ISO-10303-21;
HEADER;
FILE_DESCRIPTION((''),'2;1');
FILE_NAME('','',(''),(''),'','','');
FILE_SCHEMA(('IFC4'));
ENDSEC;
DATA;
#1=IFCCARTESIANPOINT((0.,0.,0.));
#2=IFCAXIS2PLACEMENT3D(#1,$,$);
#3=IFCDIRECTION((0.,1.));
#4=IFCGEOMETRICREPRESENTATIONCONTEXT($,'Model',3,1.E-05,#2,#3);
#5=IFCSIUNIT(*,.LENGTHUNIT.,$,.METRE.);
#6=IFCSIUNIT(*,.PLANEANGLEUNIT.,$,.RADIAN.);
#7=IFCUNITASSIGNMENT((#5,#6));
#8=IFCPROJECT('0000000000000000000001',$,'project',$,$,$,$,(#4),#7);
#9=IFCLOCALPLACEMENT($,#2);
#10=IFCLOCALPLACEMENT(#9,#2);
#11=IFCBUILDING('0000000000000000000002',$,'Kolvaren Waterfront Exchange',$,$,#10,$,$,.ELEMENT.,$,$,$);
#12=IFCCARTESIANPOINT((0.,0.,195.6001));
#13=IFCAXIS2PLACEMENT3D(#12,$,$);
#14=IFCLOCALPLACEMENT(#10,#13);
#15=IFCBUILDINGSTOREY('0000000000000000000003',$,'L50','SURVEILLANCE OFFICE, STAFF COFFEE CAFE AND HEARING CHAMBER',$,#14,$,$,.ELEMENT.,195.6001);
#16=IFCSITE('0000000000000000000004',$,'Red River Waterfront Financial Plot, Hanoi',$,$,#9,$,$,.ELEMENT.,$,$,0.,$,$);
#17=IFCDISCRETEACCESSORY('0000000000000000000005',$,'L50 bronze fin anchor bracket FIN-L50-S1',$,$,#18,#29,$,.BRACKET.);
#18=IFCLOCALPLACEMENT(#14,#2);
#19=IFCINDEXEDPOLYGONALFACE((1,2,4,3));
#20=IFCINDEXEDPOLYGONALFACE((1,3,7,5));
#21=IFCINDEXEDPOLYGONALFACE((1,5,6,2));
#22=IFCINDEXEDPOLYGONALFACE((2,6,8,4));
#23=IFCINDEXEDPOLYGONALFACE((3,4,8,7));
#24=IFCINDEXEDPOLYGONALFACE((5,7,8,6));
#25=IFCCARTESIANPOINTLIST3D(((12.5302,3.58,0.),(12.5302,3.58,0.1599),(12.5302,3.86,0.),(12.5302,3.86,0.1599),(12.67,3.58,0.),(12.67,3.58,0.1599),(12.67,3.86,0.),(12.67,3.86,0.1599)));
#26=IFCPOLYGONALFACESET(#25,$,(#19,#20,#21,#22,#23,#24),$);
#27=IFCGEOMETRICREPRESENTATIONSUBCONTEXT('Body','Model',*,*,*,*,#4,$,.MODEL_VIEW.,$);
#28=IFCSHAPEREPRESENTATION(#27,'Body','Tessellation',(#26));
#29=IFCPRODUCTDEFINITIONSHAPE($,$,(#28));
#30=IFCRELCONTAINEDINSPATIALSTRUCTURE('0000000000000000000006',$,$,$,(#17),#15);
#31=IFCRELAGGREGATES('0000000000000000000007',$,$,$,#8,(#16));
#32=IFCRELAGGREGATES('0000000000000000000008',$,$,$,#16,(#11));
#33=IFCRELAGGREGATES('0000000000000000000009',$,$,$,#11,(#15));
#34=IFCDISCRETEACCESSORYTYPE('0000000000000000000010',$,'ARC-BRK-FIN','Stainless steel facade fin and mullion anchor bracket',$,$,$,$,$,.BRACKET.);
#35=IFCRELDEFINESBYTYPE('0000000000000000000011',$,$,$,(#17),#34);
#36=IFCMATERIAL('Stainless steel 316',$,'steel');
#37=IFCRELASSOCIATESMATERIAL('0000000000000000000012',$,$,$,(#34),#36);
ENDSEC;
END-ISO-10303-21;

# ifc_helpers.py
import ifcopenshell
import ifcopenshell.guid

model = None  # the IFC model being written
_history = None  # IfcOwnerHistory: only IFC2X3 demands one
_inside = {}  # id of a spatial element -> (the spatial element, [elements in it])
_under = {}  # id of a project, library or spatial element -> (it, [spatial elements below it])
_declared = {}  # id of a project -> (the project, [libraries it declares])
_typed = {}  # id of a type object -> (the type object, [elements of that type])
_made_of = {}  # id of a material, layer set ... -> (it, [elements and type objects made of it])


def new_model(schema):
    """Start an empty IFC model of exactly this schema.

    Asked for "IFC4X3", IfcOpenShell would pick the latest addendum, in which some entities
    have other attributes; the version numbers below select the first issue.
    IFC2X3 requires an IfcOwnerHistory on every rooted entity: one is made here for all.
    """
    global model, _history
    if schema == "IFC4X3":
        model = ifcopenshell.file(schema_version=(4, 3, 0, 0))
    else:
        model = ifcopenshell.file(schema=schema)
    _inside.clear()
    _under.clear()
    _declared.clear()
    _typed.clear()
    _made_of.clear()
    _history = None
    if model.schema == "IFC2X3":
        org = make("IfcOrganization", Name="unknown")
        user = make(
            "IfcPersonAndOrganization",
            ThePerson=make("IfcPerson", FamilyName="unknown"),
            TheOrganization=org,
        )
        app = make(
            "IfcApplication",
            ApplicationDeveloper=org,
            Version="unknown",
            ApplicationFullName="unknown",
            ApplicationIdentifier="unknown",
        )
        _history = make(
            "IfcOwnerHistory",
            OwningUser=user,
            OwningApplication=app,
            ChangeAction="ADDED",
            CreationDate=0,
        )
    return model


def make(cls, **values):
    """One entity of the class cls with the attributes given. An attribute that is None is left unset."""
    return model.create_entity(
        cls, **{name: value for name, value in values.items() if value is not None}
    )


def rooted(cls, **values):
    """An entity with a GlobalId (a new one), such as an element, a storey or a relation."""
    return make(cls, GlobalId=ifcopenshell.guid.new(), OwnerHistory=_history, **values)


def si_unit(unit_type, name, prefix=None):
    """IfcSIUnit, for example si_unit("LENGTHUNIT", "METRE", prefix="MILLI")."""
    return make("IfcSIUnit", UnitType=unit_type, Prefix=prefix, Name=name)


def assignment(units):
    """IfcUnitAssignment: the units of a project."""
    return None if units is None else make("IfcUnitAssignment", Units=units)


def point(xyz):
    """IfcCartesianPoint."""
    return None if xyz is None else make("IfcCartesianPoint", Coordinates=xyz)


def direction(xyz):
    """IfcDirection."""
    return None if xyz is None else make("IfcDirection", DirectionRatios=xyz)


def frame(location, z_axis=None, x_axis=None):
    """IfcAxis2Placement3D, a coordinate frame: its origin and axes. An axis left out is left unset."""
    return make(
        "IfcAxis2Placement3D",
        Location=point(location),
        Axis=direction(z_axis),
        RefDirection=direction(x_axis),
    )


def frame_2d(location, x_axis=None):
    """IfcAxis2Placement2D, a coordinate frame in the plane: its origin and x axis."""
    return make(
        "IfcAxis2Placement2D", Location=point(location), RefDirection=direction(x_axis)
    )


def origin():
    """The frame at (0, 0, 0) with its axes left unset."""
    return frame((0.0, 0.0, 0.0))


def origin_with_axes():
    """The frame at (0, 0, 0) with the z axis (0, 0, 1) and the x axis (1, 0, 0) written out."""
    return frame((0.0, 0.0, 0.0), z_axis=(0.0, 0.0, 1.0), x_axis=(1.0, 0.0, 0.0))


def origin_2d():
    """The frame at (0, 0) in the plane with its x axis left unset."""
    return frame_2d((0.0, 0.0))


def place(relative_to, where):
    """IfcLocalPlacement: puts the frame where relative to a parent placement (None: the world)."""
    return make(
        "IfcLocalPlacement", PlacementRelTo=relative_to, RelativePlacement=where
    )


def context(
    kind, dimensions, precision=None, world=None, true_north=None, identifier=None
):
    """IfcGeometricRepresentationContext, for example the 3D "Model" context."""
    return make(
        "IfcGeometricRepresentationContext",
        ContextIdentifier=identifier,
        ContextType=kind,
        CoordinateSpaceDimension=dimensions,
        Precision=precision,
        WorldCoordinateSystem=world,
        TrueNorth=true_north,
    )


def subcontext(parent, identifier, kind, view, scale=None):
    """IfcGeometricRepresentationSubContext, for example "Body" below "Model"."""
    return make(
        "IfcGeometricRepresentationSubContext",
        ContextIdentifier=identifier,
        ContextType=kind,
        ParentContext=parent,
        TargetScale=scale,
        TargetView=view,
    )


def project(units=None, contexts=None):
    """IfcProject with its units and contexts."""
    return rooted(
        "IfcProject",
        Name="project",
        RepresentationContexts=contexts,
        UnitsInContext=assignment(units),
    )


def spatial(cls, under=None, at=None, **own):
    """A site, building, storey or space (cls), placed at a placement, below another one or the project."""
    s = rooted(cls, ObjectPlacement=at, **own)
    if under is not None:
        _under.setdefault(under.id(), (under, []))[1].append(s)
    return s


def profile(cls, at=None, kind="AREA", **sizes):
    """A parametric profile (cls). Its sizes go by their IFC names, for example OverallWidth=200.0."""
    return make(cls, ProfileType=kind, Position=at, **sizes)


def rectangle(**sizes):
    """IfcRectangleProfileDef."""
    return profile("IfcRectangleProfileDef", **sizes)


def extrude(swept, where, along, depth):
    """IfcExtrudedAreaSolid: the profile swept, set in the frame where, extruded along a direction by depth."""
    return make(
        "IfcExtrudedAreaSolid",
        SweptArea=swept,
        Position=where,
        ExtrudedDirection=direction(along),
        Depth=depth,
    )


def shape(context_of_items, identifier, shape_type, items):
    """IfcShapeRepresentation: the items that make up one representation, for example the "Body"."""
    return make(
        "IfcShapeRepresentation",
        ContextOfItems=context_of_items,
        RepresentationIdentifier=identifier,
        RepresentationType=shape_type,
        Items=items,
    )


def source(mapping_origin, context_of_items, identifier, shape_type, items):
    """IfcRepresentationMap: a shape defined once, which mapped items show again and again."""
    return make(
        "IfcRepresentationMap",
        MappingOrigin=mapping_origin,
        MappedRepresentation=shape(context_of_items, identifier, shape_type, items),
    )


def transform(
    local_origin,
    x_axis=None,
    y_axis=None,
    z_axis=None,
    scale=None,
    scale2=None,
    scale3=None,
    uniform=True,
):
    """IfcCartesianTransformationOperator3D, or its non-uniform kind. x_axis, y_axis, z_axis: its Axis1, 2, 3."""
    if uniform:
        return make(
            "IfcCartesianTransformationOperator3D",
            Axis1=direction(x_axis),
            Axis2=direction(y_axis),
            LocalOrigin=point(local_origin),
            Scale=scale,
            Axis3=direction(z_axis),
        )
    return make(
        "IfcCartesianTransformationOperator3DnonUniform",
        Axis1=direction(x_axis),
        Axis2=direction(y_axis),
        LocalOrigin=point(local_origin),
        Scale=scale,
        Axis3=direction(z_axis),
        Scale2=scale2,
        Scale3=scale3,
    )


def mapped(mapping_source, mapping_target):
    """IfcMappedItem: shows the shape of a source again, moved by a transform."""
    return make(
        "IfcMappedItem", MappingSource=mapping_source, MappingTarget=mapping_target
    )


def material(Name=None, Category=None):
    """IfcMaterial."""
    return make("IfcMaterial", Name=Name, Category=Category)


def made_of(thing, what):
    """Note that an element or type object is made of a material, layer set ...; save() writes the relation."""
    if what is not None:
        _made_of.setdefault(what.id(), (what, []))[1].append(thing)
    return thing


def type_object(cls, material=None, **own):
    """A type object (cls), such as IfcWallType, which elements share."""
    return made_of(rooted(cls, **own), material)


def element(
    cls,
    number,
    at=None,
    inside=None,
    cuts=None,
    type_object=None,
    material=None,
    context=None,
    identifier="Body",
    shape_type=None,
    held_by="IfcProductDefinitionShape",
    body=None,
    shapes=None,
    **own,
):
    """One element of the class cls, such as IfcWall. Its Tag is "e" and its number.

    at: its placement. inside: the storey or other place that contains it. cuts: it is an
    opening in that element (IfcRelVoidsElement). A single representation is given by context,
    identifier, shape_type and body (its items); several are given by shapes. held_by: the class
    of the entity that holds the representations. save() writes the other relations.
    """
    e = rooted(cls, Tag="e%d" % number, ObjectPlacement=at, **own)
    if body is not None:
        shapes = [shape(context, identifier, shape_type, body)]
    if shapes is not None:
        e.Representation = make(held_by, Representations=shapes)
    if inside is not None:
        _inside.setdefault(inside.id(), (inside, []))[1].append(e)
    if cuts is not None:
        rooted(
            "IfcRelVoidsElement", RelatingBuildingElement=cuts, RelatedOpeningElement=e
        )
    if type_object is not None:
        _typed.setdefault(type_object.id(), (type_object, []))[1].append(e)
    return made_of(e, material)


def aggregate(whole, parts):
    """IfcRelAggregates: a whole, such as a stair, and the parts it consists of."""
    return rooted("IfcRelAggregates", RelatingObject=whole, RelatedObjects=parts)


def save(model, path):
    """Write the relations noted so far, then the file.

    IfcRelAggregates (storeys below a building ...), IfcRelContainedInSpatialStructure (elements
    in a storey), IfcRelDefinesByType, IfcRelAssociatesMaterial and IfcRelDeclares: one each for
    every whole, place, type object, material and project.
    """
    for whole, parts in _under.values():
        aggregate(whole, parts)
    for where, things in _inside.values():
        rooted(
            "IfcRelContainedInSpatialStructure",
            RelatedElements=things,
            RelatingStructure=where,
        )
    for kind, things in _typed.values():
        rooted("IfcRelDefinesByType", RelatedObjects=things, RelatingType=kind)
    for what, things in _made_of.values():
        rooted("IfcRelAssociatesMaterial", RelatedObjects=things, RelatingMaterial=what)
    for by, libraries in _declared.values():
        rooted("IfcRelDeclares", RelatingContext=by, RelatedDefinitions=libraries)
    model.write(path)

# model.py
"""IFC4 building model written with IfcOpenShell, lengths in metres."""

from ifc_helpers import new_model, si_unit, direction, frame, origin, origin_with_axes, origin_2d, place, context, subcontext, project, spatial, rectangle, extrude, source, transform, mapped, material, type_object, element, save


model = new_model("IFC4")

# Units and contexts
model_context = context("Model", 3, precision=1e-05, world=origin(), true_north=direction((0.0, 1.0)))
body_context = subcontext(model_context, "Body", "Model", "MODEL_VIEW")
ifc_project = project(units=[si_unit("LENGTHUNIT", "METRE"), si_unit("PLANEANGLEUNIT", "RADIAN")], contexts=[model_context])

# Site, building, storey
site_placement = place(None, origin())
site = spatial("IfcSite", under=ifc_project, at=site_placement, Name="Red River Waterfront Financial Plot, Hanoi", CompositionType="ELEMENT", RefElevation=0.0)
building_placement = place(site_placement, origin())
building = spatial("IfcBuilding", under=site, at=building_placement, Name="Kolvaren Waterfront Exchange", CompositionType="ELEMENT")
storey_placement = place(building_placement, frame((0.0, 0.0, 195.6001)))
storey = spatial("IfcBuildingStorey", under=building, at=storey_placement, Name="L50", Description="SURVEILLANCE OFFICE, STAFF COFFEE CAFE AND HEARING CHAMBER", CompositionType="ELEMENT", Elevation=195.6001)

# Shared definitions
ifc_material_1 = material(Name="Stainless steel 316", Category="steel")

# Discrete accessory
discrete_accessory_type = type_object("IfcDiscreteAccessoryType", Name="ARC-BRK-FIN", Description="Stainless steel facade fin and mullion anchor bracket", PredefinedType="BRACKET", material=ifc_material_1)
shared_shape_1 = source(origin_with_axes(), body_context, "Body", "SweptSolid", [
    extrude(rectangle(XDim=0.28, YDim=0.1399, at=origin_2d()), origin(), (0.0, 0.0, 1.0), 0.1599),
])
discrete_accessory_placement = place(storey_placement, frame((12.6001, 3.72, 0.0), z_axis=(0.0, 0.0, 1.0), x_axis=(0.0, -1.0, 0.0)))
element("IfcDiscreteAccessory", 1, at=discrete_accessory_placement, inside=storey, type_object=discrete_accessory_type, Name="L50 bronze fin anchor bracket FIN-L50-S1", PredefinedType="BRACKET", context=body_context, shape_type="MappedRepresentation", body=[
    mapped(shared_shape_1, transform((0.0, 0.0, 0.0), x_axis=(1.0, 0.0, 0.0), y_axis=(0.0, 1.0, 0.0), z_axis=(0.0, 0.0, 1.0), scale=1.0)),
])

save(model, "model.ifc")
